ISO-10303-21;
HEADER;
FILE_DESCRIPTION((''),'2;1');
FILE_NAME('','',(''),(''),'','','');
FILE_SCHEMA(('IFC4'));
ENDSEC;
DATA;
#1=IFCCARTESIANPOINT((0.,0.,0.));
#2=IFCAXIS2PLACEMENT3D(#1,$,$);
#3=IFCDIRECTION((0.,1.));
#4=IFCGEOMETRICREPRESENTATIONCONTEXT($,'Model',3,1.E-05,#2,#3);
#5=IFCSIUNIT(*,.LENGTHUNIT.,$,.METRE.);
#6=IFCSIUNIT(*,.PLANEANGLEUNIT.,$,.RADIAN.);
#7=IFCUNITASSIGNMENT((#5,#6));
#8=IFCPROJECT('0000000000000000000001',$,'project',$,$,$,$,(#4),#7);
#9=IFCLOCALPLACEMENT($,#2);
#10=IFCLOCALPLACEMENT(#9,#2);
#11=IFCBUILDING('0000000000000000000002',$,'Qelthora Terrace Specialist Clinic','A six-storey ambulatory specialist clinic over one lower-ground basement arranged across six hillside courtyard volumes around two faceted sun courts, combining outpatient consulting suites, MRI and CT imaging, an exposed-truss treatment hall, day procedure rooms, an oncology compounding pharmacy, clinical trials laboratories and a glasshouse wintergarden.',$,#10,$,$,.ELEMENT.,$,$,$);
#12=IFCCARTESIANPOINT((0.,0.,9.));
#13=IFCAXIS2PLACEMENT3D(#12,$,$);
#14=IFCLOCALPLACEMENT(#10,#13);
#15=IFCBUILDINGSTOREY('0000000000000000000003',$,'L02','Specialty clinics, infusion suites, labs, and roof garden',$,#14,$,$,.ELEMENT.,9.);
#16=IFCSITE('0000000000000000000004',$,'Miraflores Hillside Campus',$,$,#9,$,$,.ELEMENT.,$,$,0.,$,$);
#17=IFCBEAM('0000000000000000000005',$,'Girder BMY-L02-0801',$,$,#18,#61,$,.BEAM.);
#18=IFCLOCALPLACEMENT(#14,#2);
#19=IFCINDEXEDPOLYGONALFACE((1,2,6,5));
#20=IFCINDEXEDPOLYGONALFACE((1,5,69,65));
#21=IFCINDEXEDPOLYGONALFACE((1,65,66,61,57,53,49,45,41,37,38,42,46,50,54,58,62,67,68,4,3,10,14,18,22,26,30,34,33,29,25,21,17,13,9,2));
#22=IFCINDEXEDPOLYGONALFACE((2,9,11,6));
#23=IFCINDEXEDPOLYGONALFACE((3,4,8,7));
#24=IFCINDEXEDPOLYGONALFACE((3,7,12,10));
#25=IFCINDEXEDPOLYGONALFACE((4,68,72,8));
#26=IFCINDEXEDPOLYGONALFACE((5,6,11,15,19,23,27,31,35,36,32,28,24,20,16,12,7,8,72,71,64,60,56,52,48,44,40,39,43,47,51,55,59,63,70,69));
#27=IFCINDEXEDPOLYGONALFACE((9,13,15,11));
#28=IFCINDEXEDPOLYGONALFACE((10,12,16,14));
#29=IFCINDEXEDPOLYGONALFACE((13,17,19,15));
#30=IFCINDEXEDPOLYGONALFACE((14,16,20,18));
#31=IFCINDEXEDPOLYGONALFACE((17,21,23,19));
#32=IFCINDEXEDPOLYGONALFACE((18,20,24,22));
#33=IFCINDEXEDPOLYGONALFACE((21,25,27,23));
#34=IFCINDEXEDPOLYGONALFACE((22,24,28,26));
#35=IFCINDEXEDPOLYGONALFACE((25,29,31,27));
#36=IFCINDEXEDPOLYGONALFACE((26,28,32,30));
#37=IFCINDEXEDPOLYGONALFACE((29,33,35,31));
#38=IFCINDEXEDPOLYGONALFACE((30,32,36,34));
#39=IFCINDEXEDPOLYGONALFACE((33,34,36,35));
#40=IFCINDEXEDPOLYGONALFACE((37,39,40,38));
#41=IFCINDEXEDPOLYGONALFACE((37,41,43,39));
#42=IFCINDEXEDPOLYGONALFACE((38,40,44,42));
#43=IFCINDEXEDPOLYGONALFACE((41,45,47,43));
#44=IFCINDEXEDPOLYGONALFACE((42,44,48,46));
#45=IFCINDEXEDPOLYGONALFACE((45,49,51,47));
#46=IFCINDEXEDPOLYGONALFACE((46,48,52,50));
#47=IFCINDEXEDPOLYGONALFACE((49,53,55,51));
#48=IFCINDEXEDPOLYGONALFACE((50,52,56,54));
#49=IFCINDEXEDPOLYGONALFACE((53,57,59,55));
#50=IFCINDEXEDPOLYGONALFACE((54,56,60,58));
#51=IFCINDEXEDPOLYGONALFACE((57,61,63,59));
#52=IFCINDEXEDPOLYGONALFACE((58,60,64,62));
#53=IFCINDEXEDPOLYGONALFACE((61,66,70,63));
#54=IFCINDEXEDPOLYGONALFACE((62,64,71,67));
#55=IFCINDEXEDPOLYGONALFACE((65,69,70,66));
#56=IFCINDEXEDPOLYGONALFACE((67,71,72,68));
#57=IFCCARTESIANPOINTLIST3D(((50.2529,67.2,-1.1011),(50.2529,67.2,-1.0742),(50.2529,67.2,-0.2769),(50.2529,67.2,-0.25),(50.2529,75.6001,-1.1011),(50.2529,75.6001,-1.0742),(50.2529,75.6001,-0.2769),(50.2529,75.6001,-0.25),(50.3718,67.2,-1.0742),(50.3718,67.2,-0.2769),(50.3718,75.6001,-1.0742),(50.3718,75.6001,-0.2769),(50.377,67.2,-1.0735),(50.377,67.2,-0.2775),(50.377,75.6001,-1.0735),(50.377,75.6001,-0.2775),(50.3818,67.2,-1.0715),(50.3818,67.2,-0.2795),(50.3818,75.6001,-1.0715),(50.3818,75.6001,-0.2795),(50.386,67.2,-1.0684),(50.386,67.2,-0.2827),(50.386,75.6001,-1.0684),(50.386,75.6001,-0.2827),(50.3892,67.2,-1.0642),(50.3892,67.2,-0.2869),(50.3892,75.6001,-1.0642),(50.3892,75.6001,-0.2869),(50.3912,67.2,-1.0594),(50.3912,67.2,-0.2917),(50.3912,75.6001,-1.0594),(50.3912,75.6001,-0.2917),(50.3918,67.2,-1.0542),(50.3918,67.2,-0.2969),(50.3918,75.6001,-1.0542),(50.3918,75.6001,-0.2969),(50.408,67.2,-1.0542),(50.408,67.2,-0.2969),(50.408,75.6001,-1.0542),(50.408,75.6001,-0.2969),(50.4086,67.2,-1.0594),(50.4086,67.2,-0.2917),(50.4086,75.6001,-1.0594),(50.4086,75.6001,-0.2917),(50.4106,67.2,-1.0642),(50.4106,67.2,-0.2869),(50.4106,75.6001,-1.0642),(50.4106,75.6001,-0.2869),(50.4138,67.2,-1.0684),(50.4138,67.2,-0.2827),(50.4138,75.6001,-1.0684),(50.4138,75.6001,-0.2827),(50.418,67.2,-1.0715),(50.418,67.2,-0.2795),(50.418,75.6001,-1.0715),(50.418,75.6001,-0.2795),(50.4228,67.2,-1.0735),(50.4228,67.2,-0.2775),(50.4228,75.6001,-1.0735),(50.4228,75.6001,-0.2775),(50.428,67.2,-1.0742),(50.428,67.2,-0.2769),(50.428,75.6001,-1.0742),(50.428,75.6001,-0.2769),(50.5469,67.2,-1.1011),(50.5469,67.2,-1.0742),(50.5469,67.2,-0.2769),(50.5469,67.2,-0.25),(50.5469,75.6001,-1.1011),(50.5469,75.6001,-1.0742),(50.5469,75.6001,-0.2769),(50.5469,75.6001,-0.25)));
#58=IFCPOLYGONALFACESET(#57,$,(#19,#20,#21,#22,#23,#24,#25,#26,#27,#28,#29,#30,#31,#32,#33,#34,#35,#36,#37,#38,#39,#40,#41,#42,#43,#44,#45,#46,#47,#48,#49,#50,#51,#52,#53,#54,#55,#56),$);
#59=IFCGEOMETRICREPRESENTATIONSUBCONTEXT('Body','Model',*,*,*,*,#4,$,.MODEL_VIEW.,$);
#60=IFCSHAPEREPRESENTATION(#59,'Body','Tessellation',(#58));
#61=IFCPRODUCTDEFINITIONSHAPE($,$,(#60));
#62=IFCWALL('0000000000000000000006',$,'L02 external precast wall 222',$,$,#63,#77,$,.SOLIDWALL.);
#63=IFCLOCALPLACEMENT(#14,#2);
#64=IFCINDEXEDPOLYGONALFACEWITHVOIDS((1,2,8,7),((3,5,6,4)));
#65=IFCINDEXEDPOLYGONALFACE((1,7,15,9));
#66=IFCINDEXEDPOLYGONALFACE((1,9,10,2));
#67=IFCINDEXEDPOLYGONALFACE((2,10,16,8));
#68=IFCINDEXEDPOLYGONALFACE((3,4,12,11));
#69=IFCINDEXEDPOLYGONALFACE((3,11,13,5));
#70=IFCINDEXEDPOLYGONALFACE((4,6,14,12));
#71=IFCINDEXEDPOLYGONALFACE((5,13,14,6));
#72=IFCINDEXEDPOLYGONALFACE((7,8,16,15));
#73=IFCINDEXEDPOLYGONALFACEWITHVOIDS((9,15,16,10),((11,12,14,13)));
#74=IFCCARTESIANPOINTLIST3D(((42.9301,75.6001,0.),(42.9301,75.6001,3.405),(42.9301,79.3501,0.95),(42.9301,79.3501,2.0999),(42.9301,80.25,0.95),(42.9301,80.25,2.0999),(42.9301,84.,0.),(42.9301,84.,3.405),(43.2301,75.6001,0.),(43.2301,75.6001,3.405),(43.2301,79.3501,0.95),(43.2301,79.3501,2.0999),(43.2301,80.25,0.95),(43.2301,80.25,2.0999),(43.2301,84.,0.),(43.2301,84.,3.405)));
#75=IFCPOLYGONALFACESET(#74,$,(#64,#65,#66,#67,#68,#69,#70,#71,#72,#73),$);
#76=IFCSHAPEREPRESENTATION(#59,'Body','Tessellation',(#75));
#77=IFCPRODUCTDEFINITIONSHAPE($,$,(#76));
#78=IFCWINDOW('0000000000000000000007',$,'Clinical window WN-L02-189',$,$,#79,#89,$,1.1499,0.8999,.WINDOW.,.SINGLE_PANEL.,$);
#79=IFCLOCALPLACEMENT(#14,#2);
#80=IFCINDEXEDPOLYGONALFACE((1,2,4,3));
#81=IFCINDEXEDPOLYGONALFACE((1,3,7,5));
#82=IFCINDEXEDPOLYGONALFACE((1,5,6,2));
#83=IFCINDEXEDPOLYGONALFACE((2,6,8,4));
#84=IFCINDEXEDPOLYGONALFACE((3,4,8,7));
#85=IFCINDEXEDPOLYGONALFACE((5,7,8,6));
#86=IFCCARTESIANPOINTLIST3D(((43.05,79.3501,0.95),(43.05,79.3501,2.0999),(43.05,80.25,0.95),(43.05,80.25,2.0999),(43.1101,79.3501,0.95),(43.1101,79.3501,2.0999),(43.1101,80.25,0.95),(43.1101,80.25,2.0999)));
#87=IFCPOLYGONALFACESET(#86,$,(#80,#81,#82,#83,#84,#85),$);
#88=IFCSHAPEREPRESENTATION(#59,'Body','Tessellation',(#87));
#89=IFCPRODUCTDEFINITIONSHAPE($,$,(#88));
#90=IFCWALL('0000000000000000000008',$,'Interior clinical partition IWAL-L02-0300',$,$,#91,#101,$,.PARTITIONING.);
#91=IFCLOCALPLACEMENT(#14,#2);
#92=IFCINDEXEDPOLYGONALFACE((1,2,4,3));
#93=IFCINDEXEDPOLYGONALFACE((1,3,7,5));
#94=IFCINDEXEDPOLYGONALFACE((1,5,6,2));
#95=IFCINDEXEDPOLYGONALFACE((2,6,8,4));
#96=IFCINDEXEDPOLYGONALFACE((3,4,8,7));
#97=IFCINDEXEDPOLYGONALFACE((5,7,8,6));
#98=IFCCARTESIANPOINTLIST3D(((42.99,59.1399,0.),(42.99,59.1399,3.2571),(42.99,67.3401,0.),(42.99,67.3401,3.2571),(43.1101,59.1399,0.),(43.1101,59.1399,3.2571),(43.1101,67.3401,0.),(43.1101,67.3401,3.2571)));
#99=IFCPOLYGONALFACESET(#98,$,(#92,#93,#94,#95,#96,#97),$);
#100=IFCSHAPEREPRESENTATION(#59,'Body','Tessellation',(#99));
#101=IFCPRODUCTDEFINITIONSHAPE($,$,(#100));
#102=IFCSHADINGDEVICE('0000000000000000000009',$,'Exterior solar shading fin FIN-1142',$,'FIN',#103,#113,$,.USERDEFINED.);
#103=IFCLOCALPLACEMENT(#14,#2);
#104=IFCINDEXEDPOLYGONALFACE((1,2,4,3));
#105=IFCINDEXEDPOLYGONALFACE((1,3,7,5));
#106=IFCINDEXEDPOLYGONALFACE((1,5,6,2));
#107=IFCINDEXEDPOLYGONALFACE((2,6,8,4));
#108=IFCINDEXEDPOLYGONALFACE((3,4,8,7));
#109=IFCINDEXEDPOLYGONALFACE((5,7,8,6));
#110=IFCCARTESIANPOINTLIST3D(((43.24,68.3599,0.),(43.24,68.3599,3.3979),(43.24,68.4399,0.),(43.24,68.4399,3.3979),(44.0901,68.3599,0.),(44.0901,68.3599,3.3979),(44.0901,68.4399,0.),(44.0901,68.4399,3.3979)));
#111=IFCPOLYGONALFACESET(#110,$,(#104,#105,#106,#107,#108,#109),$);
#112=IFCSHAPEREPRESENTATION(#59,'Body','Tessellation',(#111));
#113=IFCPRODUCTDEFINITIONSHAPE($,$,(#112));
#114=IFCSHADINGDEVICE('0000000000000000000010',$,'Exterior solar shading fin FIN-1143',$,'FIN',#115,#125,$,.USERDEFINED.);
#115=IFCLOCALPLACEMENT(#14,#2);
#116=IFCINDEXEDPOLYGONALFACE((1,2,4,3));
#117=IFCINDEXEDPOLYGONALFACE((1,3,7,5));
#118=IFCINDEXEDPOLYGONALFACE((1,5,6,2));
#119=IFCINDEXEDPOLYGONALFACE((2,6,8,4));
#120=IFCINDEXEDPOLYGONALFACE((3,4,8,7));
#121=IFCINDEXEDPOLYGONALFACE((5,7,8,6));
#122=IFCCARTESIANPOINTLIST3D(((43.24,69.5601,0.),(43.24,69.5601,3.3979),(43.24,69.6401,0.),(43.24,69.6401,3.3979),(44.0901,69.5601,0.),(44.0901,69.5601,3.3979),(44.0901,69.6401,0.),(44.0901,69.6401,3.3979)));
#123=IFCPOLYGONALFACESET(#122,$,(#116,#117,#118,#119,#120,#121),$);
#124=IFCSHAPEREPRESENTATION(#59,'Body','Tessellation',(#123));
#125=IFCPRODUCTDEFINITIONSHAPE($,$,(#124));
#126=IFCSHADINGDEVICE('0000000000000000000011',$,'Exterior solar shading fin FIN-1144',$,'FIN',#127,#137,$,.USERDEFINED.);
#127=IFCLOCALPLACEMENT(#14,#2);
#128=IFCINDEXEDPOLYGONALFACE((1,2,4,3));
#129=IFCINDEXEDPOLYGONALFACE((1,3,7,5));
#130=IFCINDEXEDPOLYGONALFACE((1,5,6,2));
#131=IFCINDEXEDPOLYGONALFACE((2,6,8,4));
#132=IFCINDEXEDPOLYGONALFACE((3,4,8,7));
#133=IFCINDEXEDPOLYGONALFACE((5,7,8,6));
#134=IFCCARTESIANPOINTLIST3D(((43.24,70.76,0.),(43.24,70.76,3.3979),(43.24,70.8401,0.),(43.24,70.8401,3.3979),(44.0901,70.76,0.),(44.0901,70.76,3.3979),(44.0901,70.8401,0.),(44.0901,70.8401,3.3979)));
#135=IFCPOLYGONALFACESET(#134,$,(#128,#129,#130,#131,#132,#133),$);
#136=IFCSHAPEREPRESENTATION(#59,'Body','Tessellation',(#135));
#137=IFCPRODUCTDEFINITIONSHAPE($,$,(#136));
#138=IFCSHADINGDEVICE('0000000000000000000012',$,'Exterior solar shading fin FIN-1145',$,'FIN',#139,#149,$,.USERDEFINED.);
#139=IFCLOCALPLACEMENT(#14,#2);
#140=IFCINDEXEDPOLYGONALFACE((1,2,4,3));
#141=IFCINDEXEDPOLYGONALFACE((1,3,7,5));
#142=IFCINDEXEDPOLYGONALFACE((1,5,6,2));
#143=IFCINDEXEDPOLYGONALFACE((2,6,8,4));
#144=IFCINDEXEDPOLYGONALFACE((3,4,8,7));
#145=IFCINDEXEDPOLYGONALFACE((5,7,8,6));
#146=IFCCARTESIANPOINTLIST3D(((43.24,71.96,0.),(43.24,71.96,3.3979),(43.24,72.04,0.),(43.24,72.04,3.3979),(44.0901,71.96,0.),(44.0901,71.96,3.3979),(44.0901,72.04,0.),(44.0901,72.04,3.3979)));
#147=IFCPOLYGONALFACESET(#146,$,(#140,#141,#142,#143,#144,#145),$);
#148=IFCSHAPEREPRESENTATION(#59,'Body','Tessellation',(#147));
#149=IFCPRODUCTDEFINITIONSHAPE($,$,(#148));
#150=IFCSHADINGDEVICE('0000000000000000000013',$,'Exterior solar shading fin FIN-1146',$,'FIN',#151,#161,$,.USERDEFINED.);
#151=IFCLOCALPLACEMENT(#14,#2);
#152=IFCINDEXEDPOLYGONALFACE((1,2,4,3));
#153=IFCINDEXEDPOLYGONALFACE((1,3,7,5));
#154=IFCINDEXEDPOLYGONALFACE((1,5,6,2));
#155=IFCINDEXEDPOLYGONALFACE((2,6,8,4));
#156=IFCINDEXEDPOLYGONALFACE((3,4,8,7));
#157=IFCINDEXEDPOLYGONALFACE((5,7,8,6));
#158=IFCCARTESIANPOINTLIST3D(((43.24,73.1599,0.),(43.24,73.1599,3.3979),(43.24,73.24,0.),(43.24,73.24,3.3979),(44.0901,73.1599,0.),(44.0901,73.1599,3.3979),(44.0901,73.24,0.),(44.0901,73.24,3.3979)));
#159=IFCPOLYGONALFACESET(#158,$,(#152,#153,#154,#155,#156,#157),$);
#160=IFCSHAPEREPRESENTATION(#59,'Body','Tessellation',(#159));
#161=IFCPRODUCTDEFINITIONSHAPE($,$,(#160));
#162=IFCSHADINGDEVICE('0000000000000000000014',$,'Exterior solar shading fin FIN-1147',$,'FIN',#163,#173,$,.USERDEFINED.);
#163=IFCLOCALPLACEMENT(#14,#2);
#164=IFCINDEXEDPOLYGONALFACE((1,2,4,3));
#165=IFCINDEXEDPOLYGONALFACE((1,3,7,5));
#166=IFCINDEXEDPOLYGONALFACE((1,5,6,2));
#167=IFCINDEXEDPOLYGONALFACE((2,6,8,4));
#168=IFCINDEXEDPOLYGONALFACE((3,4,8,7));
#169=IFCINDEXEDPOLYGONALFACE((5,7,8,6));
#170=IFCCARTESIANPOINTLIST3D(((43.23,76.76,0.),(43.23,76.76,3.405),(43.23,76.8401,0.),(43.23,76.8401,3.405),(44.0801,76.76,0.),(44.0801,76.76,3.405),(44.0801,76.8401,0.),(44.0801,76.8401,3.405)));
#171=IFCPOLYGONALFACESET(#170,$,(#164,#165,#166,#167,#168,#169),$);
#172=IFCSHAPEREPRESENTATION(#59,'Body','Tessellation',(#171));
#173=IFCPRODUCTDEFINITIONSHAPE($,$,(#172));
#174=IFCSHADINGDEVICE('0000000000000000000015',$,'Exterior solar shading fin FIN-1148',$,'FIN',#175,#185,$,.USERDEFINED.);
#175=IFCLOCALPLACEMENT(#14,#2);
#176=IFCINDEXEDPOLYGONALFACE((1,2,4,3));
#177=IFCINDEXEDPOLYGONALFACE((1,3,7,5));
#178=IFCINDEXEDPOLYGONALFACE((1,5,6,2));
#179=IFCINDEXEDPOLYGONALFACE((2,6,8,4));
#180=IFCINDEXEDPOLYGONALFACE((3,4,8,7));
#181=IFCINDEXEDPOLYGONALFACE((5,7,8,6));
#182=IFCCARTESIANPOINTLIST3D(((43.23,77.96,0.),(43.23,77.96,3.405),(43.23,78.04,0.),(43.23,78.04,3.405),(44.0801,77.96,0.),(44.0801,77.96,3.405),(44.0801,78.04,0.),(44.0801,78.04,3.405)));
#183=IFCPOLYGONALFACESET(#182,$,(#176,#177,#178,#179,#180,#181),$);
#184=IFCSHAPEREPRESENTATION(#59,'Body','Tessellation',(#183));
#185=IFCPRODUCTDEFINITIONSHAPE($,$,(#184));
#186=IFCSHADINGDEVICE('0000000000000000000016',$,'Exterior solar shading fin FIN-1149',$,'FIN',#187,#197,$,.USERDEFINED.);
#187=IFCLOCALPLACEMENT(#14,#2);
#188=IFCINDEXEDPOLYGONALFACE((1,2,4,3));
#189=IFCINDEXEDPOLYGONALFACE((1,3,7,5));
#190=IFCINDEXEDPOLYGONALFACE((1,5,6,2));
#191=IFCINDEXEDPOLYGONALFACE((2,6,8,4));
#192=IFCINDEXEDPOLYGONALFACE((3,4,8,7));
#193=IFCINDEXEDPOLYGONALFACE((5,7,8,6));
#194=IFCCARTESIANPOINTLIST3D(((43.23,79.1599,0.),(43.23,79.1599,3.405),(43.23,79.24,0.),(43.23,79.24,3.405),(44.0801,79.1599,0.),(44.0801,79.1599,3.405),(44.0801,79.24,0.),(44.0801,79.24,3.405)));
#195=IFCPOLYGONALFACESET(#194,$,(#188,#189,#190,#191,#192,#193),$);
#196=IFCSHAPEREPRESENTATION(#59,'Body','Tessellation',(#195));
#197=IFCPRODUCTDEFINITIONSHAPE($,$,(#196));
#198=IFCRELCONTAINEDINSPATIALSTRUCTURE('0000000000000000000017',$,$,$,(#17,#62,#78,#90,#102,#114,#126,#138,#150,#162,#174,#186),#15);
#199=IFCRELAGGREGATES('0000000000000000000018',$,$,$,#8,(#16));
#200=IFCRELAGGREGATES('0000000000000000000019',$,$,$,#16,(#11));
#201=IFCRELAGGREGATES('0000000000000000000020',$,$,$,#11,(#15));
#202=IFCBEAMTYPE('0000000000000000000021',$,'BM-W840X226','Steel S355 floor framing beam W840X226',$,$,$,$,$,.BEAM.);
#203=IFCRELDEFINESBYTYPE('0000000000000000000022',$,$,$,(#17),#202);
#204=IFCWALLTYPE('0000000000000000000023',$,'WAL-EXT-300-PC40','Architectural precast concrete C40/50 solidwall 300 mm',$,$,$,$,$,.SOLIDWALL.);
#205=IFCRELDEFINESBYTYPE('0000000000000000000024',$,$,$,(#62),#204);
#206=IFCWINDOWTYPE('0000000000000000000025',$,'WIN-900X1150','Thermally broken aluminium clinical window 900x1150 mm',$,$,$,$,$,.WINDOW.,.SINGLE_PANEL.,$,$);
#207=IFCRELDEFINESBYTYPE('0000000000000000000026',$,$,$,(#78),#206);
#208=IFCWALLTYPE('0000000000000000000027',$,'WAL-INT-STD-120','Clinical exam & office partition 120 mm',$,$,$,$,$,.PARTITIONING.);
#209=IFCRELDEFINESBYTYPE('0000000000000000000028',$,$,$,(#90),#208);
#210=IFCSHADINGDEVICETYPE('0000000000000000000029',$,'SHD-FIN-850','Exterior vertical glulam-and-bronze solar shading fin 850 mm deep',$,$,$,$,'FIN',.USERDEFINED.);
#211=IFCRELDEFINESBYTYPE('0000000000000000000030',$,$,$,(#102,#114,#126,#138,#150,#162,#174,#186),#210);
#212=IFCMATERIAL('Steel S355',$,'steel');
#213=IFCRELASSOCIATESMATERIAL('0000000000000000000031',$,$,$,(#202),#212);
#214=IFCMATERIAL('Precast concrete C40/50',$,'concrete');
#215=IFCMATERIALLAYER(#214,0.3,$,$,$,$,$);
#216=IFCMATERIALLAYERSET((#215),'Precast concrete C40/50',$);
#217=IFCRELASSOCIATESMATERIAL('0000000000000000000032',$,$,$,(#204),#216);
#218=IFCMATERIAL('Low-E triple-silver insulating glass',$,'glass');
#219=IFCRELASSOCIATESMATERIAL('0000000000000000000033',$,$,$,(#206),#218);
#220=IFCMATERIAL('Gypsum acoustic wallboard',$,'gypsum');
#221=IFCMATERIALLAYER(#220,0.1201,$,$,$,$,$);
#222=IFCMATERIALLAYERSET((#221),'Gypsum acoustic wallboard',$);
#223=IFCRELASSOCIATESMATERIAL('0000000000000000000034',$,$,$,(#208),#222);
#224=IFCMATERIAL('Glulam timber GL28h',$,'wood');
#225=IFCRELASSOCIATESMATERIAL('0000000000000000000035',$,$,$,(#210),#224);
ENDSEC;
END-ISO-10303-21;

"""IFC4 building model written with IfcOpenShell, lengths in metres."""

from ifc_helpers import new_model, si_unit, direction, frame, frame_2d, origin, origin_2d, place, context, subcontext, project, spatial, rectangle, i_section, extrude, material, layer, layer_set, material_profile, profile_set, type_object, element, fill, save


model = new_model("IFC4")

# Units and contexts
model_context = context("Model", 3, precision=1e-05, world=origin(), true_north=direction((0.0, 1.0)))
body_context = subcontext(model_context, "Body", "Model", "MODEL_VIEW")
ifc_project = project(units=[si_unit("LENGTHUNIT", "METRE"), si_unit("PLANEANGLEUNIT", "RADIAN")], contexts=[model_context])

# Site, building, storey
site_placement = place(None, origin())
site = spatial("IfcSite", under=ifc_project, at=site_placement, Name="Miraflores Hillside Campus", CompositionType="ELEMENT", RefElevation=0.0)
building_placement = place(site_placement, origin())
building = spatial("IfcBuilding", under=site, at=building_placement, Name="Qelthora Terrace Specialist Clinic", Description="A six-storey ambulatory specialist clinic over one lower-ground basement arranged across six hillside courtyard volumes around two faceted sun courts, combining outpatient consulting suites, MRI and CT imaging, an exposed-truss treatment hall, day procedure rooms, an oncology compounding pharmacy, clinical trials laboratories and a glasshouse wintergarden.", CompositionType="ELEMENT")
storey_placement = place(building_placement, frame((0.0, 0.0, 9.0)))
storey = spatial("IfcBuildingStorey", under=building, at=storey_placement, Name="L02", Description="Specialty clinics, infusion suites, labs, and roof garden", CompositionType="ELEMENT", Elevation=9.0)

# Shared definitions
ifc_material_1 = material(Name="Steel S355", Category="steel")

# Beam
ifc_material_profile_1 = material_profile(ifc_material_1, i_section(OverallWidth=0.2939, OverallDepth=0.8511, WebThickness=0.0161, FlangeThickness=0.0269, FilletRadius=0.02, at=origin_2d()), Name="W840X226")
ifc_profile_set_1 = profile_set([ifc_material_profile_1], Name="Steel S355")
beam_type_1 = type_object("IfcBeamType", Name="BM-W840X226", Description="Steel S355 floor framing beam W840X226", PredefinedType="BEAM", material=ifc_profile_set_1)
beam_1_placement = place(storey_placement, frame((50.3999, 67.2, -0.6755), z_axis=(0.0, 1.0, 0.0), x_axis=(-1.0, 0.0, 0.0)))
element("IfcBeam", 1, at=beam_1_placement, inside=storey, type_object=beam_type_1, Name="Girder BMY-L02-0801", PredefinedType="BEAM", context=body_context, shape_type="SweptSolid", body=[
    extrude(i_section(OverallWidth=0.2939, OverallDepth=0.8511, WebThickness=0.0161, FlangeThickness=0.0269, FilletRadius=0.02, at=origin_2d()), origin(), (0.0, 0.0, 1.0), 8.4001),
])

# Wall, opening, window
ifc_material_2 = material(Name="Precast concrete C40/50", Category="concrete")
ifc_layer_1 = layer(ifc_material_2, 0.3)
ifc_layer_set_1 = layer_set([ifc_layer_1], Name="Precast concrete C40/50")
wall_type_1 = type_object("IfcWallType", Name="WAL-EXT-300-PC40", Description="Architectural precast concrete C40/50 solidwall 300 mm", PredefinedType="SOLIDWALL", material=ifc_layer_set_1)
wall_1_placement = place(storey_placement, frame((43.0801, 75.6001, 0.0), z_axis=(0.0, 0.0, 1.0), x_axis=(0.0, 1.0, 0.0)))
wall_1 = element("IfcWall", 2, at=wall_1_placement, inside=storey, type_object=wall_type_1, Name="L02 external precast wall 222", PredefinedType="SOLIDWALL", context=body_context, shape_type="SweptSolid", body=[
    extrude(rectangle(XDim=8.3999, YDim=0.3, at=frame_2d((4.2, 0.0))), origin(), (0.0, 0.0, 1.0), 3.405),
])
opening_placement = place(wall_1_placement, frame((3.75, 0.0, 0.95)))
opening = element("IfcOpeningElement", 3, at=opening_placement, cuts=wall_1, PredefinedType="OPENING", context=body_context, shape_type="SweptSolid", body=[
    extrude(rectangle(XDim=0.8999, YDim=1.1499, at=frame_2d((0.45, 0.575))), frame((0.0, 0.1599, 0.0), z_axis=(0.0, -1.0, 0.0), x_axis=(1.0, 0.0, 0.0)), (0.0, 0.0, 1.0), 0.3201),
])
ifc_material_3 = material(Name="Low-E triple-silver insulating glass", Category="glass")
window_type = type_object("IfcWindowType", Name="WIN-900X1150", Description="Thermally broken aluminium clinical window 900x1150 mm", PartitioningType="SINGLE_PANEL", PredefinedType="WINDOW", material=ifc_material_3)
window_placement = place(opening_placement, origin())
window = element("IfcWindow", 4, at=window_placement, inside=storey, type_object=window_type, Name="Clinical window WN-L02-189", OverallHeight=1.1499, OverallWidth=0.8999, PartitioningType="SINGLE_PANEL", PredefinedType="WINDOW", context=body_context, shape_type="SweptSolid", body=[
    extrude(rectangle(XDim=0.8999, YDim=1.1499, at=frame_2d((0.45, 0.575))), frame((0.0, 0.03, 0.0), z_axis=(0.0, -1.0, 0.0), x_axis=(1.0, 0.0, 0.0)), (0.0, 0.0, 1.0), 0.0601),
])
fill(opening, window)

# Wall
ifc_material_4 = material(Name="Gypsum acoustic wallboard", Category="gypsum")
ifc_layer_2 = layer(ifc_material_4, 0.1201)
ifc_layer_set_2 = layer_set([ifc_layer_2], Name="Gypsum acoustic wallboard")
wall_type_2 = type_object("IfcWallType", Name="WAL-INT-STD-120", Description="Clinical exam & office partition 120 mm", PredefinedType="PARTITIONING", material=ifc_layer_set_2)
wall_2_placement = place(storey_placement, frame((43.05, 67.3401, 0.0), z_axis=(0.0, 0.0, 1.0), x_axis=(0.0, -1.0, 0.0)))
element("IfcWall", 5, at=wall_2_placement, inside=storey, type_object=wall_type_2, Name="Interior clinical partition IWAL-L02-0300", PredefinedType="PARTITIONING", context=body_context, shape_type="SweptSolid", body=[
    extrude(rectangle(XDim=8.2002, YDim=0.1201, at=frame_2d((4.1001, 0.0))), origin(), (0.0, 0.0, 1.0), 3.2571),
])

# Shading devices
ifc_material_5 = material(Name="Glulam timber GL28h", Category="wood")
shading_device_type = type_object("IfcShadingDeviceType", Name="SHD-FIN-850", Description="Exterior vertical glulam-and-bronze solar shading fin 850 mm deep", ElementType="FIN", PredefinedType="USERDEFINED", material=ifc_material_5)
for number, where, z_axis, x_axis, name in (
    (6, (43.665, 68.3999, 0.0), (0.0, 0.0, 1.0), (1.0, 0.0, 0.0), "Exterior solar shading fin FIN-1142"),
    (7, (43.665, 69.6001, 0.0), (0.0, 0.0, 1.0), (1.0, 0.0, 0.0), "Exterior solar shading fin FIN-1143"),
    (8, (43.665, 70.8, 0.0), (0.0, 0.0, 1.0), (1.0, 0.0, 0.0), "Exterior solar shading fin FIN-1144"),
    (9, (43.665, 72.0, 0.0), (0.0, 0.0, 1.0), (1.0, 0.0, 0.0), "Exterior solar shading fin FIN-1145"),
    (10, (43.665, 73.2, 0.0), (0.0, 0.0, 1.0), (1.0, 0.0, 0.0), "Exterior solar shading fin FIN-1146"),
):
    element("IfcShadingDevice", number, at=place(storey_placement, frame(where, z_axis=z_axis, x_axis=x_axis)), inside=storey, type_object=shading_device_type, Name=name, ObjectType="FIN", PredefinedType="USERDEFINED", context=body_context, shape_type="SweptSolid", body=[
        extrude(rectangle(XDim=0.8501, YDim=0.0801, at=origin_2d()), origin(), (0.0, 0.0, 1.0), 3.3979),
    ])
for number, where, z_axis, x_axis, name in (
    (11, (43.655, 76.8, 0.0), (0.0, 0.0, 1.0), (1.0, 0.0, 0.0), "Exterior solar shading fin FIN-1147"),
    (12, (43.655, 78.0, 0.0), (0.0, 0.0, 1.0), (1.0, 0.0, 0.0), "Exterior solar shading fin FIN-1148"),
    (13, (43.655, 79.2, 0.0), (0.0, 0.0, 1.0), (1.0, 0.0, 0.0), "Exterior solar shading fin FIN-1149"),
):
    element("IfcShadingDevice", number, at=place(storey_placement, frame(where, z_axis=z_axis, x_axis=x_axis)), inside=storey, type_object=shading_device_type, Name=name, ObjectType="FIN", PredefinedType="USERDEFINED", context=body_context, shape_type="SweptSolid", body=[
        extrude(rectangle(XDim=0.8501, YDim=0.0801, at=origin_2d()), origin(), (0.0, 0.0, 1.0), 3.405),
    ])

save(model, "model.ifc")
